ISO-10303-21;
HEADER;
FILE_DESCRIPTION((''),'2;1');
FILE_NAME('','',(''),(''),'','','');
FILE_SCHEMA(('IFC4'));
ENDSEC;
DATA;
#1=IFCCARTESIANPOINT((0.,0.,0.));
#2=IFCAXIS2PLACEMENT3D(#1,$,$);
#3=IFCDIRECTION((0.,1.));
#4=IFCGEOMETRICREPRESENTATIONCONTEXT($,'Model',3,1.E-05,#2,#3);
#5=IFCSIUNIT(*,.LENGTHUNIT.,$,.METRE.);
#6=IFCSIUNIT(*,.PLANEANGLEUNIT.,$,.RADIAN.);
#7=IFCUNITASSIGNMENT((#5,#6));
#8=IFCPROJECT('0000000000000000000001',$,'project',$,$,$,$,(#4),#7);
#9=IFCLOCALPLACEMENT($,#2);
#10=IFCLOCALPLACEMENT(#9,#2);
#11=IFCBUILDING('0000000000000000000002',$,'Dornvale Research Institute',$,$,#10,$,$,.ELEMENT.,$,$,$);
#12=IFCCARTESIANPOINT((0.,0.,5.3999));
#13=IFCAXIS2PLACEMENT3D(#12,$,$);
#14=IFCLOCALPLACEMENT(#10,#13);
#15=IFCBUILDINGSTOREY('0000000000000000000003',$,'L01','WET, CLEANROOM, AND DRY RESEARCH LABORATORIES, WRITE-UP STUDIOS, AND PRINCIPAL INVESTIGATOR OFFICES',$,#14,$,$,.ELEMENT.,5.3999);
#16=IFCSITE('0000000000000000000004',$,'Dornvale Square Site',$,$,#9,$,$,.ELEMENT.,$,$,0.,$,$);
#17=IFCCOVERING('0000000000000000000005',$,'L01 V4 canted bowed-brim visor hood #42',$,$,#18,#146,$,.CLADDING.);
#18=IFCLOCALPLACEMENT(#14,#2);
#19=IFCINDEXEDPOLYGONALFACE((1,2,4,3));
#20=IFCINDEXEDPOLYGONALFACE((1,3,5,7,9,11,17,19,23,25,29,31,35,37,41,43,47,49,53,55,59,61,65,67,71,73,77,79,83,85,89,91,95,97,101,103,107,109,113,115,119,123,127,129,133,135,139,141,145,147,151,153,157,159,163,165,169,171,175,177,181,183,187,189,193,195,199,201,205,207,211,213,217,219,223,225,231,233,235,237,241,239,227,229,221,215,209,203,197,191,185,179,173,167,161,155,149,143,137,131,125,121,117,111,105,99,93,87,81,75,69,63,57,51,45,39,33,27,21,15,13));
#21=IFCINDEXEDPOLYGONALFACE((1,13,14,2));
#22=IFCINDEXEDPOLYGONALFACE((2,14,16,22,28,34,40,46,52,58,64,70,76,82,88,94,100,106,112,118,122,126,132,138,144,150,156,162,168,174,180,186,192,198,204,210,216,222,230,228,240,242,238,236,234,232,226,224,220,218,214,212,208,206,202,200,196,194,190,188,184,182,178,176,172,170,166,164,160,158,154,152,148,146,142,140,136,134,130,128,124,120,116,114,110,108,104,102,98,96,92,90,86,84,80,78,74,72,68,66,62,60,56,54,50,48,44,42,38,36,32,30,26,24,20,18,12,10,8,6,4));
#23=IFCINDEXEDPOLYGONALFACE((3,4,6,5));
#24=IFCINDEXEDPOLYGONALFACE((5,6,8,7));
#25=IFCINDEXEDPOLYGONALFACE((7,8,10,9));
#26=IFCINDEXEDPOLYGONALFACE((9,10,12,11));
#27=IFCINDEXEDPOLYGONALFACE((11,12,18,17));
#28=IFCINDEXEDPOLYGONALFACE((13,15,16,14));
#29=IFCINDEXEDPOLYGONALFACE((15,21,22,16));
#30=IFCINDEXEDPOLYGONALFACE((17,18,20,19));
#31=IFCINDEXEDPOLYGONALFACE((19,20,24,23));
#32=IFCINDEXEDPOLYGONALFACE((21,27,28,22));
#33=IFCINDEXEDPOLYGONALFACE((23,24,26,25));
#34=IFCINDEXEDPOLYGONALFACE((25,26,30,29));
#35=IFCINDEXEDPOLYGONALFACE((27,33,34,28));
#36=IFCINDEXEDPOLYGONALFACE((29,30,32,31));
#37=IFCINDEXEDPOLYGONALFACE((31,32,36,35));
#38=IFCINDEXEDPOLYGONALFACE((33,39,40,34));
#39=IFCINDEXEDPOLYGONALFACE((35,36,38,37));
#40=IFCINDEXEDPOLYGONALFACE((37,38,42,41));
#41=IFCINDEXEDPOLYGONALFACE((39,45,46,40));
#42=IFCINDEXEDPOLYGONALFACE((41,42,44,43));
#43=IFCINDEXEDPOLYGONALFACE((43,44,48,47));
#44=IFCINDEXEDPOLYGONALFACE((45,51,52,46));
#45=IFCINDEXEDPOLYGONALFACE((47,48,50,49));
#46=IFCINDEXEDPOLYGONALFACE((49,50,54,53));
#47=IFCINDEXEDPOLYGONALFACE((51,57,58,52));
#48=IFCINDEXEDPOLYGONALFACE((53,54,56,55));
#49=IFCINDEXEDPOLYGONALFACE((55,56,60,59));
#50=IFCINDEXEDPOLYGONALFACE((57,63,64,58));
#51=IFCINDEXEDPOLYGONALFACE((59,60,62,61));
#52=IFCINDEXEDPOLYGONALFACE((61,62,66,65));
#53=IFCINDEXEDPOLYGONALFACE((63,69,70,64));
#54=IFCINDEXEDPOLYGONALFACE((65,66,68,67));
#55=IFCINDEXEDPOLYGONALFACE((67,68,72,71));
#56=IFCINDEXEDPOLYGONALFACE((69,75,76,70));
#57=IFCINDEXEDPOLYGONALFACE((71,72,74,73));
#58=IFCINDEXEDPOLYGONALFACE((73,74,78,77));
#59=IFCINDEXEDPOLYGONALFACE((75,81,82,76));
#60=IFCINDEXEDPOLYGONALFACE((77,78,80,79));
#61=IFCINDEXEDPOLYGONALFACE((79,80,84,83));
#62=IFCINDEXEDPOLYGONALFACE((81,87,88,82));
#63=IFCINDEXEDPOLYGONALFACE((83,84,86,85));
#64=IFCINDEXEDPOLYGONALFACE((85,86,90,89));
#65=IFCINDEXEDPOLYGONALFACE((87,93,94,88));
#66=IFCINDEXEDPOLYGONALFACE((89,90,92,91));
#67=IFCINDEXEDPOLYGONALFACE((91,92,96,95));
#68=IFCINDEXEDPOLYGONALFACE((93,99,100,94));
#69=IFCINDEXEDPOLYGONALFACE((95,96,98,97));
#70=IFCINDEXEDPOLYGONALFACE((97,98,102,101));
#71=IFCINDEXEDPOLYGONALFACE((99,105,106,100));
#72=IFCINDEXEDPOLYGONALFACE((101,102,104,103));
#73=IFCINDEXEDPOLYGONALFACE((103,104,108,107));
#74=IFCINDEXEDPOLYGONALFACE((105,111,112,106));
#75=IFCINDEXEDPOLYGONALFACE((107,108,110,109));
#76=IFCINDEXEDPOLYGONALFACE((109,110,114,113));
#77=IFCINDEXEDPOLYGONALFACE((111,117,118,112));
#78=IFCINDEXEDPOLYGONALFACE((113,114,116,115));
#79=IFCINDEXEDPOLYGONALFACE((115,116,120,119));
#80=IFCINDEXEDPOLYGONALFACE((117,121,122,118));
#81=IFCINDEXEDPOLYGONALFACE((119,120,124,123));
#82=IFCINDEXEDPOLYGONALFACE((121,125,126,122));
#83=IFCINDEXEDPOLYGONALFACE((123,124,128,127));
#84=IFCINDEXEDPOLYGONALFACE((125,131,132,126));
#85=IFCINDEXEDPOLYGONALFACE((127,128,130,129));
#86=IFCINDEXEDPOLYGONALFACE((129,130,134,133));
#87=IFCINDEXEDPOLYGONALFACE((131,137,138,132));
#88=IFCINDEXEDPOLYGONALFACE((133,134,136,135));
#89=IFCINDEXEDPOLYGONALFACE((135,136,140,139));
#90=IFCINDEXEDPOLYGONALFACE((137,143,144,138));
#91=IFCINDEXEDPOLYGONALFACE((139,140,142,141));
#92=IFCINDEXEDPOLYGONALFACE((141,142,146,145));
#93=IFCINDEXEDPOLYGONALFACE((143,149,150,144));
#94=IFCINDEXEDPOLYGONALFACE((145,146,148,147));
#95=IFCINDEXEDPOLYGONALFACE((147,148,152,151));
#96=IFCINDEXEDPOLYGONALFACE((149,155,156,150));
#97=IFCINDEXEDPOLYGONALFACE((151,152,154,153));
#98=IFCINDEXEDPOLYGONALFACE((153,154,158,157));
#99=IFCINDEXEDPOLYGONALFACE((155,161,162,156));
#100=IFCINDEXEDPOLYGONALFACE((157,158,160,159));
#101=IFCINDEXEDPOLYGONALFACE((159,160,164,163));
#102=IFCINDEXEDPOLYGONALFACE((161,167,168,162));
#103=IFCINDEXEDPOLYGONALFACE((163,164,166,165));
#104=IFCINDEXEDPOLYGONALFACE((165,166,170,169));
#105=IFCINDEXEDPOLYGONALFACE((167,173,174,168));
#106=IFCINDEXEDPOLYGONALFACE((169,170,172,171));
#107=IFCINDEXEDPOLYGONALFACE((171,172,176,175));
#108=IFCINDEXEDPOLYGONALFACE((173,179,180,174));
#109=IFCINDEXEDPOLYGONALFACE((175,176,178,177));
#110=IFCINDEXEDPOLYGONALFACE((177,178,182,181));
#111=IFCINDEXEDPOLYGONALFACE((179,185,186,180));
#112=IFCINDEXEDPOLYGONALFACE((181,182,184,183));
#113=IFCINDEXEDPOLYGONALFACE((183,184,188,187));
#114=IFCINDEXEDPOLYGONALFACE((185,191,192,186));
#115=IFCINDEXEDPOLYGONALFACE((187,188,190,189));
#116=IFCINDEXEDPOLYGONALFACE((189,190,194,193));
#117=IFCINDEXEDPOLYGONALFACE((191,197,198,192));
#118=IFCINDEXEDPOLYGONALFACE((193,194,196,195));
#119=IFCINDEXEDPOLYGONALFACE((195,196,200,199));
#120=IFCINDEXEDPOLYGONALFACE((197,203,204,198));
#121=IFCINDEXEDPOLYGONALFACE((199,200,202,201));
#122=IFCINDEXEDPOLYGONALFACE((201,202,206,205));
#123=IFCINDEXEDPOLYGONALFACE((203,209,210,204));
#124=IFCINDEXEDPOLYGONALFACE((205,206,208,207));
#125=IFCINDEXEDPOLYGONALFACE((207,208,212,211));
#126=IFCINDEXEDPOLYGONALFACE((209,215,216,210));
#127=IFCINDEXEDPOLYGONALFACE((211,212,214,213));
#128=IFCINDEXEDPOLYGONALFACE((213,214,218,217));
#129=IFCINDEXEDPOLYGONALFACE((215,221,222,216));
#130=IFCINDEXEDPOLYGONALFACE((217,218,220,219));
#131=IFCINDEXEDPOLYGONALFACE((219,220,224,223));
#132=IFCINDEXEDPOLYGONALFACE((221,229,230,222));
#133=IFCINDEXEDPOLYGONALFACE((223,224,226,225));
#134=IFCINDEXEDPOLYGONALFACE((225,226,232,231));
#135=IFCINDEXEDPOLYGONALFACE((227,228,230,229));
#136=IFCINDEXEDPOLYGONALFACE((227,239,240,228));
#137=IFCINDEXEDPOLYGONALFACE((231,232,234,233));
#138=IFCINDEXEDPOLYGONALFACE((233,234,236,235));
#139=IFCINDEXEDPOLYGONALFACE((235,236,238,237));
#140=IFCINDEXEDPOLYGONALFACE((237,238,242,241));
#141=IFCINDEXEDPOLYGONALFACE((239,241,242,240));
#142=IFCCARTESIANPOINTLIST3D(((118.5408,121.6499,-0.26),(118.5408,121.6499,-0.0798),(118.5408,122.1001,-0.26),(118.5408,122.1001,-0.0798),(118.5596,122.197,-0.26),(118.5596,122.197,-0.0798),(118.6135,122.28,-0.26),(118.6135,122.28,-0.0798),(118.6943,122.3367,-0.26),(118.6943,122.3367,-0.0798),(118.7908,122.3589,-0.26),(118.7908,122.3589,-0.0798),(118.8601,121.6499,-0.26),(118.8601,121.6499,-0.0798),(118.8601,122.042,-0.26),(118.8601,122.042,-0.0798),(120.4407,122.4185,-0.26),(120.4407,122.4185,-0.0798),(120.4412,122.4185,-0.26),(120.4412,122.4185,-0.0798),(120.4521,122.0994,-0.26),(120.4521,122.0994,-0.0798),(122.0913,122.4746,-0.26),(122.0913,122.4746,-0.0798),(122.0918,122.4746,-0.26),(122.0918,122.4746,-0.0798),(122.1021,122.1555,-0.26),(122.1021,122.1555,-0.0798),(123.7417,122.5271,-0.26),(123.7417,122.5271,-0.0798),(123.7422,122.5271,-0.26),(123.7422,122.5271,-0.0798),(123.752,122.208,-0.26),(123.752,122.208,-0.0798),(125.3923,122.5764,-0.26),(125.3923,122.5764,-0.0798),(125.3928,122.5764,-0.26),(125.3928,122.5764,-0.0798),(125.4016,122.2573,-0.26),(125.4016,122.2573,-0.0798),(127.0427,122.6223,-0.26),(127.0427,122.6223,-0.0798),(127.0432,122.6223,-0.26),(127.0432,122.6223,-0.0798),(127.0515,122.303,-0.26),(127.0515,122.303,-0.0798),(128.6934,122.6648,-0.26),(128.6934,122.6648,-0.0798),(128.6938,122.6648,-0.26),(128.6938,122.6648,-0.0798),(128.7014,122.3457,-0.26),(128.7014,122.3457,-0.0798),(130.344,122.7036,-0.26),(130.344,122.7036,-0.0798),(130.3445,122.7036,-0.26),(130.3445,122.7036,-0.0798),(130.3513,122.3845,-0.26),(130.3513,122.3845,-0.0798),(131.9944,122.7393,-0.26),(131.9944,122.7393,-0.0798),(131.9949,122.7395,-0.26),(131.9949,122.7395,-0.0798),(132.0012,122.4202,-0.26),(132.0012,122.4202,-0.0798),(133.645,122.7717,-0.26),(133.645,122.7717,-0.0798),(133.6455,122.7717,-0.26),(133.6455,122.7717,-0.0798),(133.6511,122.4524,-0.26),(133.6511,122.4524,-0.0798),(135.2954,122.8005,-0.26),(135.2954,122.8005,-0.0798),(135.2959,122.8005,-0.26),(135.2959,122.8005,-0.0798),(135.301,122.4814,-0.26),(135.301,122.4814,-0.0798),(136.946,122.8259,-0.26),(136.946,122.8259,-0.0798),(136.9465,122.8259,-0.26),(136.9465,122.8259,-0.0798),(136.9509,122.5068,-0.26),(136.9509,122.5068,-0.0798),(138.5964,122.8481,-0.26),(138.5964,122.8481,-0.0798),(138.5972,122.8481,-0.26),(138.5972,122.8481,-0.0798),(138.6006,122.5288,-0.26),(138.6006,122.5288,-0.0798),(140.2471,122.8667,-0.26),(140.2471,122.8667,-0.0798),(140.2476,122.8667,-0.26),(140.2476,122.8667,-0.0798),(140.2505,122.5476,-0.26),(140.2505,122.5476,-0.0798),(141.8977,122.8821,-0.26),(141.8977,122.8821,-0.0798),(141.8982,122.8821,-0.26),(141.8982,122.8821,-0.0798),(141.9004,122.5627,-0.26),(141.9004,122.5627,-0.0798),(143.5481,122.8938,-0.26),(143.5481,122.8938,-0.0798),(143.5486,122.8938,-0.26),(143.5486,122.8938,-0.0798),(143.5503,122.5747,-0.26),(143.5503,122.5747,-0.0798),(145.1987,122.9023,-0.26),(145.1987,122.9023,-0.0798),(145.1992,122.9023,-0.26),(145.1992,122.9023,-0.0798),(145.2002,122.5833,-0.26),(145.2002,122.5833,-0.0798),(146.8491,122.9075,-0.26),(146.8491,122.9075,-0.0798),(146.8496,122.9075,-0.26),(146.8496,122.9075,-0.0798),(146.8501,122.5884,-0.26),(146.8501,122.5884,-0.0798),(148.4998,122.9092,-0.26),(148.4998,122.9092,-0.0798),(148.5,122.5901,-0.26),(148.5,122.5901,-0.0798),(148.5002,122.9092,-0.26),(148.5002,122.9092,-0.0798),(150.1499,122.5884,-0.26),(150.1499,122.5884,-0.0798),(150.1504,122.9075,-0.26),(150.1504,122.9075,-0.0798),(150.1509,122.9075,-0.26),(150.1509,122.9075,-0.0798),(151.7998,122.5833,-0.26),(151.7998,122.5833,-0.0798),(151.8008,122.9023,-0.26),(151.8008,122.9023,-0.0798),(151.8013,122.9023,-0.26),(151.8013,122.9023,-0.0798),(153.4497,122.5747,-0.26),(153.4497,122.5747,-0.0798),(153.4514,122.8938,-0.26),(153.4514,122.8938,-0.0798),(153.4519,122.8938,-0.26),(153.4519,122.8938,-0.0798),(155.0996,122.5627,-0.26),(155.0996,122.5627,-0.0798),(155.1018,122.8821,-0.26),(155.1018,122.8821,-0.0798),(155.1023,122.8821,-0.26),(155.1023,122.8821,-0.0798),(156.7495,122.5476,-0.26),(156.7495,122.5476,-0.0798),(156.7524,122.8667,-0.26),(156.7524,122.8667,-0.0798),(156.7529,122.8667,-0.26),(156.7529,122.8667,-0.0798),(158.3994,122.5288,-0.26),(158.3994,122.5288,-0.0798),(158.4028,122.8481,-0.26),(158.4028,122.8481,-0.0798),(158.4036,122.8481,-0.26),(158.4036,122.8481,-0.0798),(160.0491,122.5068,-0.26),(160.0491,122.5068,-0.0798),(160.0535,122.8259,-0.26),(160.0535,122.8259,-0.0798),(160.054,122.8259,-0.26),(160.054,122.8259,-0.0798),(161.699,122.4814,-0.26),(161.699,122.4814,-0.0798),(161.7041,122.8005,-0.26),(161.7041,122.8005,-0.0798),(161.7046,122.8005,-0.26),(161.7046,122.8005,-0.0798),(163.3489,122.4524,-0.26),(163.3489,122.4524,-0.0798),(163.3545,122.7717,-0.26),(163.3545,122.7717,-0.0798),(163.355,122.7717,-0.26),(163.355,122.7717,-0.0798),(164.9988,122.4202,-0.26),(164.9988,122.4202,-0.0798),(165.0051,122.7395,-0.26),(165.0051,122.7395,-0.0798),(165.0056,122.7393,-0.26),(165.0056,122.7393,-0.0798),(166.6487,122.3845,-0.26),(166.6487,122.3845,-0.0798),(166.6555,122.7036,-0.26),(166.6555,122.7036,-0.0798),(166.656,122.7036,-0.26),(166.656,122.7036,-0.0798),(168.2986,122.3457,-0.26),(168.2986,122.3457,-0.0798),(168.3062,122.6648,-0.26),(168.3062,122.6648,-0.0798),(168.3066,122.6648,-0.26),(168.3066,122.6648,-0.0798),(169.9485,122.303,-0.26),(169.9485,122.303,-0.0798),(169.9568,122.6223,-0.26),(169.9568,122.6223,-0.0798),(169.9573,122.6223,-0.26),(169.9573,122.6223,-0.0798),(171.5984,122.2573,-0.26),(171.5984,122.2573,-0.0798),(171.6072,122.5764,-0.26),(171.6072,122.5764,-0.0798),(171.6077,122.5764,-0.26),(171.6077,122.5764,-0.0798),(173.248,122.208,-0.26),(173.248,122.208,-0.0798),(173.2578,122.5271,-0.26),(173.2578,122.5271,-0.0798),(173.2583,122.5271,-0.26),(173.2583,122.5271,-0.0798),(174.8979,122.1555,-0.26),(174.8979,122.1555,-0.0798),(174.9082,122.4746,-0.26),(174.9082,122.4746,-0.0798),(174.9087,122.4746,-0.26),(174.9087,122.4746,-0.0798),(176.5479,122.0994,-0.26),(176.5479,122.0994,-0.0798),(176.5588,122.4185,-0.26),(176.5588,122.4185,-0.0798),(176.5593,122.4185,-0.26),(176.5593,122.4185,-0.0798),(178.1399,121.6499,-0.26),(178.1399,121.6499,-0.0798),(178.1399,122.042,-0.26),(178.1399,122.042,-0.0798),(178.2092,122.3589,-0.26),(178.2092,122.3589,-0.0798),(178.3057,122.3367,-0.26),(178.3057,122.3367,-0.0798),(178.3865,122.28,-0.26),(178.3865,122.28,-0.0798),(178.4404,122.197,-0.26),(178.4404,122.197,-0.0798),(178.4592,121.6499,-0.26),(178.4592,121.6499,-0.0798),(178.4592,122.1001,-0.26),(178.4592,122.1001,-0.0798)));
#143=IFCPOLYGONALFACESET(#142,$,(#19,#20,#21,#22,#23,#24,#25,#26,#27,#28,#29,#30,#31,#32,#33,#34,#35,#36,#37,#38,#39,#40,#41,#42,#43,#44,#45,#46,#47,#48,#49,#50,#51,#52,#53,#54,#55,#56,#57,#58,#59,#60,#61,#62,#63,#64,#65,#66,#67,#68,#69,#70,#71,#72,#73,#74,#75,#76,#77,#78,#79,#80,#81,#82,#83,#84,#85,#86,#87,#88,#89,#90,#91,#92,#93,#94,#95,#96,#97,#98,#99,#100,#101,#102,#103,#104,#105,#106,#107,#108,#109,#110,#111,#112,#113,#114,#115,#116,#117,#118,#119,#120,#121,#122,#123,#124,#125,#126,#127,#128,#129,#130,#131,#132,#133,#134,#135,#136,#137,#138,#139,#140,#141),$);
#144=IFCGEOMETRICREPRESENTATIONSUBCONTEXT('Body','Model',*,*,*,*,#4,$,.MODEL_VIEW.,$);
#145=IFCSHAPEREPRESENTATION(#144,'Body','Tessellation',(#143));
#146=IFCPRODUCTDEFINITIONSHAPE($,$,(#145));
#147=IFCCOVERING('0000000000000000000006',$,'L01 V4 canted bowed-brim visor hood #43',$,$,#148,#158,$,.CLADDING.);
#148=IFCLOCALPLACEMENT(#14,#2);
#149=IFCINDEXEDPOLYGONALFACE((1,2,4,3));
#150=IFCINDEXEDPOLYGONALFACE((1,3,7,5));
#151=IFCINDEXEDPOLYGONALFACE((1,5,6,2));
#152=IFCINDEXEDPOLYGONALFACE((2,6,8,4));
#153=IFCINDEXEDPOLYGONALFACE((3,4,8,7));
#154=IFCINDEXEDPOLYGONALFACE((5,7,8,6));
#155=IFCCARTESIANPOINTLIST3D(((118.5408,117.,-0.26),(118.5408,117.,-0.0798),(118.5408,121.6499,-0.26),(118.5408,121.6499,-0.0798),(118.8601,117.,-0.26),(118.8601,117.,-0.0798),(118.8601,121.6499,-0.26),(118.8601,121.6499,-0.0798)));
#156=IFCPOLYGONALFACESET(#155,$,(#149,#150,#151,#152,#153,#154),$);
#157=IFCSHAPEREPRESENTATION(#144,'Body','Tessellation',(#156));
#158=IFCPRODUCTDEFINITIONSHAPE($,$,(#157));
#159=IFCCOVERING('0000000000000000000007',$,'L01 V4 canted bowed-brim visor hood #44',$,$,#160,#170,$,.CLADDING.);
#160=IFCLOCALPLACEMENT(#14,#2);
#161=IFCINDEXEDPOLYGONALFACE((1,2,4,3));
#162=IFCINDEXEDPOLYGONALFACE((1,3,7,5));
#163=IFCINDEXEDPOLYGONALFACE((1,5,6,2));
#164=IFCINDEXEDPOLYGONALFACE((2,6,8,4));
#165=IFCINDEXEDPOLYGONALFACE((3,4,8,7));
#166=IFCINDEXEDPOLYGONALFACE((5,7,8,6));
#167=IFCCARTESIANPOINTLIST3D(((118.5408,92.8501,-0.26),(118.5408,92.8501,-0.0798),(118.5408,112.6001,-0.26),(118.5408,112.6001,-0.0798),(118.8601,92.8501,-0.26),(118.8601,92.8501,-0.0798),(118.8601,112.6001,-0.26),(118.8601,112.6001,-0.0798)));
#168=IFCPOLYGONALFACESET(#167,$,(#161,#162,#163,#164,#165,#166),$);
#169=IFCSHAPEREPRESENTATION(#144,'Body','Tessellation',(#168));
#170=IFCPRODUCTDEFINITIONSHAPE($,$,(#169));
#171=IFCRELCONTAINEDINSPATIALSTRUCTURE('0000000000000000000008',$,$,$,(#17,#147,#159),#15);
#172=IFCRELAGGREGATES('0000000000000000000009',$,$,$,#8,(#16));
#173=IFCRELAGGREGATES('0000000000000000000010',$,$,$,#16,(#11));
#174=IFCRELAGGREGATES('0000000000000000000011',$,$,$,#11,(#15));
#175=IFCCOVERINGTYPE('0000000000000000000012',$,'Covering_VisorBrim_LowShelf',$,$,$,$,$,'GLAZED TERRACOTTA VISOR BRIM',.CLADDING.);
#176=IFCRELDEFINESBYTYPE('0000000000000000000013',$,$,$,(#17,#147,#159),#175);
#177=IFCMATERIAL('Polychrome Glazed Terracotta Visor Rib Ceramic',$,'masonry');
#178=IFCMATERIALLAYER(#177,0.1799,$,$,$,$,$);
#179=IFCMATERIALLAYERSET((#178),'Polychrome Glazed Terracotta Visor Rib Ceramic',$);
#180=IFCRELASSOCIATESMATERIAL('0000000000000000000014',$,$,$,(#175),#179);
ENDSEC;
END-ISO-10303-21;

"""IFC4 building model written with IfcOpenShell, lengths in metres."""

from ifc_helpers import new_model, si_unit, direction, frame, origin, place, context, subcontext, project, spatial, polyline, outline, extrude, material, layer, layer_set, type_object, element, save


model = new_model("IFC4")

# Units and contexts
model_context = context("Model", 3, precision=1e-05, world=origin(), true_north=direction((0.0, 1.0)))
body_context = subcontext(model_context, "Body", "Model", "MODEL_VIEW")
ifc_project = project(units=[si_unit("LENGTHUNIT", "METRE"), si_unit("PLANEANGLEUNIT", "RADIAN")], contexts=[model_context])

# Site, building, storey
site_placement = place(None, origin())
site = spatial("IfcSite", under=ifc_project, at=site_placement, Name="Dornvale Square Site", CompositionType="ELEMENT", RefElevation=0.0)
building_placement = place(site_placement, origin())
building = spatial("IfcBuilding", under=site, at=building_placement, Name="Dornvale Research Institute", CompositionType="ELEMENT")
storey_placement = place(building_placement, frame((0.0, 0.0, 5.3999)))
storey = spatial("IfcBuildingStorey", under=building, at=storey_placement, Name="L01", Description="WET, CLEANROOM, AND DRY RESEARCH LABORATORIES, WRITE-UP STUDIOS, AND PRINCIPAL INVESTIGATOR OFFICES", CompositionType="ELEMENT", Elevation=5.3999)

# Coverings
ifc_material_1 = material(Name="Polychrome Glazed Terracotta Visor Rib Ceramic", Category="masonry")
ifc_layer_1 = layer(ifc_material_1, 0.1799)
ifc_layer_set_1 = layer_set([ifc_layer_1], Name="Polychrome Glazed Terracotta Visor Rib Ceramic")
covering_type_1 = type_object("IfcCoveringType", Name="Covering_VisorBrim_LowShelf", ElementType="GLAZED TERRACOTTA VISOR BRIM", PredefinedType="CLADDING", material=ifc_layer_set_1)
covering_1_placement = place(storey_placement, frame((0.0, 0.0, -0.26)))
element("IfcCovering", 1, at=covering_1_placement, inside=storey, type_object=covering_type_1, Name="L01 V4 canted bowed-brim visor hood #42", PredefinedType="CLADDING", context=body_context, shape_type="SweptSolid", body=[
    extrude(outline(polyline([(120.4407, 122.4185), (120.4412, 122.4185), (122.0913, 122.4746), (122.0918, 122.4746), (123.7417, 122.5271), (123.7422, 122.5271), (125.3923, 122.5764), (125.3928, 122.5764), (127.0427, 122.6223), (127.0432, 122.6223), (128.6934, 122.6648), (128.6938, 122.6648), (130.344, 122.7036), (130.3445, 122.7036), (131.9944, 122.7393), (131.9949, 122.7395), (133.645, 122.7717), (133.6455, 122.7717), (135.2954, 122.8005), (135.2959, 122.8005), (136.946, 122.8259), (136.9465, 122.8259), (138.5964, 122.8481), (138.5972, 122.8481), (140.2471, 122.8667), (140.2476, 122.8667), (141.8977, 122.8821), (141.8982, 122.8821), (143.5481, 122.8938), (143.5486, 122.8938), (145.1987, 122.9023), (145.1992, 122.9023), (146.8491, 122.9075), (146.8496, 122.9075), (148.4998, 122.9092), (148.5002, 122.9092), (150.1504, 122.9075), (150.1509, 122.9075), (151.8008, 122.9023), (151.8013, 122.9023), (153.4514, 122.8938), (153.4519, 122.8938), (155.1018, 122.8821), (155.1023, 122.8821), (156.7524, 122.8667), (156.7529, 122.8667), (158.4028, 122.8481), (158.4036, 122.8481), (160.0535, 122.8259), (160.054, 122.8259), (161.7041, 122.8005), (161.7046, 122.8005), (163.3545, 122.7717), (163.355, 122.7717), (165.0051, 122.7395), (165.0056, 122.7393), (166.6555, 122.7036), (166.656, 122.7036), (168.3062, 122.6648), (168.3066, 122.6648), (169.9568, 122.6223), (169.9573, 122.6223), (171.6072, 122.5764), (171.6077, 122.5764), (173.2578, 122.5271), (173.2583, 122.5271), (174.9082, 122.4746), (174.9087, 122.4746), (176.5588, 122.4185), (176.5593, 122.4185), (178.2092, 122.3589), (178.3057, 122.3367), (178.3865, 122.28), (178.4404, 122.197), (178.4592, 122.1001), (178.4592, 121.6499), (178.1399, 121.6499), (178.1399, 122.042), (176.5479, 122.0994), (174.8979, 122.1555), (173.248, 122.208), (171.5984, 122.2573), (169.9485, 122.303), (168.2986, 122.3457), (166.6487, 122.3845), (164.9988, 122.4202), (163.3489, 122.4524), (161.699, 122.4814), (160.0491, 122.5068), (158.3994, 122.5288), (156.7495, 122.5476), (155.0996, 122.5627), (153.4497, 122.5747), (151.7998, 122.5833), (150.1499, 122.5884), (148.5, 122.5901), (146.8501, 122.5884), (145.2002, 122.5833), (143.5503, 122.5747), (141.9004, 122.5627), (140.2505, 122.5476), (138.6006, 122.5288), (136.9509, 122.5068), (135.301, 122.4814), (133.6511, 122.4524), (132.0012, 122.4202), (130.3513, 122.3845), (128.7014, 122.3457), (127.0515, 122.303), (125.4016, 122.2573), (123.752, 122.208), (122.1021, 122.1555), (120.4521, 122.0994), (118.8601, 122.042), (118.8601, 121.6499), (118.5408, 121.6499), (118.5408, 122.1001), (118.5596, 122.197), (118.6135, 122.28), (118.6943, 122.3367), (118.7908, 122.3589), (120.4407, 122.4185)])), origin(), (0.0, 0.0, 1.0), 0.1802),
])
covering_2_placement = place(storey_placement, frame((0.0, 0.0, -0.26)))
element("IfcCovering", 2, at=covering_2_placement, inside=storey, type_object=covering_type_1, Name="L01 V4 canted bowed-brim visor hood #43", PredefinedType="CLADDING", context=body_context, shape_type="SweptSolid", body=[
    extrude(outline(polyline([(118.8601, 117.0), (118.5408, 117.0), (118.5408, 121.6499), (118.8601, 121.6499), (118.8601, 117.0)])), origin(), (0.0, 0.0, 1.0), 0.1802),
])
covering_3_placement = place(storey_placement, frame((0.0, 0.0, -0.26)))
element("IfcCovering", 3, at=covering_3_placement, inside=storey, type_object=covering_type_1, Name="L01 V4 canted bowed-brim visor hood #44", PredefinedType="CLADDING", context=body_context, shape_type="SweptSolid", body=[
    extrude(outline(polyline([(118.5408, 112.6001), (118.8601, 112.6001), (118.8601, 92.8501), (118.5408, 92.8501), (118.5408, 112.6001)])), origin(), (0.0, 0.0, 1.0), 0.1802),
])

save(model, "model.ifc")
